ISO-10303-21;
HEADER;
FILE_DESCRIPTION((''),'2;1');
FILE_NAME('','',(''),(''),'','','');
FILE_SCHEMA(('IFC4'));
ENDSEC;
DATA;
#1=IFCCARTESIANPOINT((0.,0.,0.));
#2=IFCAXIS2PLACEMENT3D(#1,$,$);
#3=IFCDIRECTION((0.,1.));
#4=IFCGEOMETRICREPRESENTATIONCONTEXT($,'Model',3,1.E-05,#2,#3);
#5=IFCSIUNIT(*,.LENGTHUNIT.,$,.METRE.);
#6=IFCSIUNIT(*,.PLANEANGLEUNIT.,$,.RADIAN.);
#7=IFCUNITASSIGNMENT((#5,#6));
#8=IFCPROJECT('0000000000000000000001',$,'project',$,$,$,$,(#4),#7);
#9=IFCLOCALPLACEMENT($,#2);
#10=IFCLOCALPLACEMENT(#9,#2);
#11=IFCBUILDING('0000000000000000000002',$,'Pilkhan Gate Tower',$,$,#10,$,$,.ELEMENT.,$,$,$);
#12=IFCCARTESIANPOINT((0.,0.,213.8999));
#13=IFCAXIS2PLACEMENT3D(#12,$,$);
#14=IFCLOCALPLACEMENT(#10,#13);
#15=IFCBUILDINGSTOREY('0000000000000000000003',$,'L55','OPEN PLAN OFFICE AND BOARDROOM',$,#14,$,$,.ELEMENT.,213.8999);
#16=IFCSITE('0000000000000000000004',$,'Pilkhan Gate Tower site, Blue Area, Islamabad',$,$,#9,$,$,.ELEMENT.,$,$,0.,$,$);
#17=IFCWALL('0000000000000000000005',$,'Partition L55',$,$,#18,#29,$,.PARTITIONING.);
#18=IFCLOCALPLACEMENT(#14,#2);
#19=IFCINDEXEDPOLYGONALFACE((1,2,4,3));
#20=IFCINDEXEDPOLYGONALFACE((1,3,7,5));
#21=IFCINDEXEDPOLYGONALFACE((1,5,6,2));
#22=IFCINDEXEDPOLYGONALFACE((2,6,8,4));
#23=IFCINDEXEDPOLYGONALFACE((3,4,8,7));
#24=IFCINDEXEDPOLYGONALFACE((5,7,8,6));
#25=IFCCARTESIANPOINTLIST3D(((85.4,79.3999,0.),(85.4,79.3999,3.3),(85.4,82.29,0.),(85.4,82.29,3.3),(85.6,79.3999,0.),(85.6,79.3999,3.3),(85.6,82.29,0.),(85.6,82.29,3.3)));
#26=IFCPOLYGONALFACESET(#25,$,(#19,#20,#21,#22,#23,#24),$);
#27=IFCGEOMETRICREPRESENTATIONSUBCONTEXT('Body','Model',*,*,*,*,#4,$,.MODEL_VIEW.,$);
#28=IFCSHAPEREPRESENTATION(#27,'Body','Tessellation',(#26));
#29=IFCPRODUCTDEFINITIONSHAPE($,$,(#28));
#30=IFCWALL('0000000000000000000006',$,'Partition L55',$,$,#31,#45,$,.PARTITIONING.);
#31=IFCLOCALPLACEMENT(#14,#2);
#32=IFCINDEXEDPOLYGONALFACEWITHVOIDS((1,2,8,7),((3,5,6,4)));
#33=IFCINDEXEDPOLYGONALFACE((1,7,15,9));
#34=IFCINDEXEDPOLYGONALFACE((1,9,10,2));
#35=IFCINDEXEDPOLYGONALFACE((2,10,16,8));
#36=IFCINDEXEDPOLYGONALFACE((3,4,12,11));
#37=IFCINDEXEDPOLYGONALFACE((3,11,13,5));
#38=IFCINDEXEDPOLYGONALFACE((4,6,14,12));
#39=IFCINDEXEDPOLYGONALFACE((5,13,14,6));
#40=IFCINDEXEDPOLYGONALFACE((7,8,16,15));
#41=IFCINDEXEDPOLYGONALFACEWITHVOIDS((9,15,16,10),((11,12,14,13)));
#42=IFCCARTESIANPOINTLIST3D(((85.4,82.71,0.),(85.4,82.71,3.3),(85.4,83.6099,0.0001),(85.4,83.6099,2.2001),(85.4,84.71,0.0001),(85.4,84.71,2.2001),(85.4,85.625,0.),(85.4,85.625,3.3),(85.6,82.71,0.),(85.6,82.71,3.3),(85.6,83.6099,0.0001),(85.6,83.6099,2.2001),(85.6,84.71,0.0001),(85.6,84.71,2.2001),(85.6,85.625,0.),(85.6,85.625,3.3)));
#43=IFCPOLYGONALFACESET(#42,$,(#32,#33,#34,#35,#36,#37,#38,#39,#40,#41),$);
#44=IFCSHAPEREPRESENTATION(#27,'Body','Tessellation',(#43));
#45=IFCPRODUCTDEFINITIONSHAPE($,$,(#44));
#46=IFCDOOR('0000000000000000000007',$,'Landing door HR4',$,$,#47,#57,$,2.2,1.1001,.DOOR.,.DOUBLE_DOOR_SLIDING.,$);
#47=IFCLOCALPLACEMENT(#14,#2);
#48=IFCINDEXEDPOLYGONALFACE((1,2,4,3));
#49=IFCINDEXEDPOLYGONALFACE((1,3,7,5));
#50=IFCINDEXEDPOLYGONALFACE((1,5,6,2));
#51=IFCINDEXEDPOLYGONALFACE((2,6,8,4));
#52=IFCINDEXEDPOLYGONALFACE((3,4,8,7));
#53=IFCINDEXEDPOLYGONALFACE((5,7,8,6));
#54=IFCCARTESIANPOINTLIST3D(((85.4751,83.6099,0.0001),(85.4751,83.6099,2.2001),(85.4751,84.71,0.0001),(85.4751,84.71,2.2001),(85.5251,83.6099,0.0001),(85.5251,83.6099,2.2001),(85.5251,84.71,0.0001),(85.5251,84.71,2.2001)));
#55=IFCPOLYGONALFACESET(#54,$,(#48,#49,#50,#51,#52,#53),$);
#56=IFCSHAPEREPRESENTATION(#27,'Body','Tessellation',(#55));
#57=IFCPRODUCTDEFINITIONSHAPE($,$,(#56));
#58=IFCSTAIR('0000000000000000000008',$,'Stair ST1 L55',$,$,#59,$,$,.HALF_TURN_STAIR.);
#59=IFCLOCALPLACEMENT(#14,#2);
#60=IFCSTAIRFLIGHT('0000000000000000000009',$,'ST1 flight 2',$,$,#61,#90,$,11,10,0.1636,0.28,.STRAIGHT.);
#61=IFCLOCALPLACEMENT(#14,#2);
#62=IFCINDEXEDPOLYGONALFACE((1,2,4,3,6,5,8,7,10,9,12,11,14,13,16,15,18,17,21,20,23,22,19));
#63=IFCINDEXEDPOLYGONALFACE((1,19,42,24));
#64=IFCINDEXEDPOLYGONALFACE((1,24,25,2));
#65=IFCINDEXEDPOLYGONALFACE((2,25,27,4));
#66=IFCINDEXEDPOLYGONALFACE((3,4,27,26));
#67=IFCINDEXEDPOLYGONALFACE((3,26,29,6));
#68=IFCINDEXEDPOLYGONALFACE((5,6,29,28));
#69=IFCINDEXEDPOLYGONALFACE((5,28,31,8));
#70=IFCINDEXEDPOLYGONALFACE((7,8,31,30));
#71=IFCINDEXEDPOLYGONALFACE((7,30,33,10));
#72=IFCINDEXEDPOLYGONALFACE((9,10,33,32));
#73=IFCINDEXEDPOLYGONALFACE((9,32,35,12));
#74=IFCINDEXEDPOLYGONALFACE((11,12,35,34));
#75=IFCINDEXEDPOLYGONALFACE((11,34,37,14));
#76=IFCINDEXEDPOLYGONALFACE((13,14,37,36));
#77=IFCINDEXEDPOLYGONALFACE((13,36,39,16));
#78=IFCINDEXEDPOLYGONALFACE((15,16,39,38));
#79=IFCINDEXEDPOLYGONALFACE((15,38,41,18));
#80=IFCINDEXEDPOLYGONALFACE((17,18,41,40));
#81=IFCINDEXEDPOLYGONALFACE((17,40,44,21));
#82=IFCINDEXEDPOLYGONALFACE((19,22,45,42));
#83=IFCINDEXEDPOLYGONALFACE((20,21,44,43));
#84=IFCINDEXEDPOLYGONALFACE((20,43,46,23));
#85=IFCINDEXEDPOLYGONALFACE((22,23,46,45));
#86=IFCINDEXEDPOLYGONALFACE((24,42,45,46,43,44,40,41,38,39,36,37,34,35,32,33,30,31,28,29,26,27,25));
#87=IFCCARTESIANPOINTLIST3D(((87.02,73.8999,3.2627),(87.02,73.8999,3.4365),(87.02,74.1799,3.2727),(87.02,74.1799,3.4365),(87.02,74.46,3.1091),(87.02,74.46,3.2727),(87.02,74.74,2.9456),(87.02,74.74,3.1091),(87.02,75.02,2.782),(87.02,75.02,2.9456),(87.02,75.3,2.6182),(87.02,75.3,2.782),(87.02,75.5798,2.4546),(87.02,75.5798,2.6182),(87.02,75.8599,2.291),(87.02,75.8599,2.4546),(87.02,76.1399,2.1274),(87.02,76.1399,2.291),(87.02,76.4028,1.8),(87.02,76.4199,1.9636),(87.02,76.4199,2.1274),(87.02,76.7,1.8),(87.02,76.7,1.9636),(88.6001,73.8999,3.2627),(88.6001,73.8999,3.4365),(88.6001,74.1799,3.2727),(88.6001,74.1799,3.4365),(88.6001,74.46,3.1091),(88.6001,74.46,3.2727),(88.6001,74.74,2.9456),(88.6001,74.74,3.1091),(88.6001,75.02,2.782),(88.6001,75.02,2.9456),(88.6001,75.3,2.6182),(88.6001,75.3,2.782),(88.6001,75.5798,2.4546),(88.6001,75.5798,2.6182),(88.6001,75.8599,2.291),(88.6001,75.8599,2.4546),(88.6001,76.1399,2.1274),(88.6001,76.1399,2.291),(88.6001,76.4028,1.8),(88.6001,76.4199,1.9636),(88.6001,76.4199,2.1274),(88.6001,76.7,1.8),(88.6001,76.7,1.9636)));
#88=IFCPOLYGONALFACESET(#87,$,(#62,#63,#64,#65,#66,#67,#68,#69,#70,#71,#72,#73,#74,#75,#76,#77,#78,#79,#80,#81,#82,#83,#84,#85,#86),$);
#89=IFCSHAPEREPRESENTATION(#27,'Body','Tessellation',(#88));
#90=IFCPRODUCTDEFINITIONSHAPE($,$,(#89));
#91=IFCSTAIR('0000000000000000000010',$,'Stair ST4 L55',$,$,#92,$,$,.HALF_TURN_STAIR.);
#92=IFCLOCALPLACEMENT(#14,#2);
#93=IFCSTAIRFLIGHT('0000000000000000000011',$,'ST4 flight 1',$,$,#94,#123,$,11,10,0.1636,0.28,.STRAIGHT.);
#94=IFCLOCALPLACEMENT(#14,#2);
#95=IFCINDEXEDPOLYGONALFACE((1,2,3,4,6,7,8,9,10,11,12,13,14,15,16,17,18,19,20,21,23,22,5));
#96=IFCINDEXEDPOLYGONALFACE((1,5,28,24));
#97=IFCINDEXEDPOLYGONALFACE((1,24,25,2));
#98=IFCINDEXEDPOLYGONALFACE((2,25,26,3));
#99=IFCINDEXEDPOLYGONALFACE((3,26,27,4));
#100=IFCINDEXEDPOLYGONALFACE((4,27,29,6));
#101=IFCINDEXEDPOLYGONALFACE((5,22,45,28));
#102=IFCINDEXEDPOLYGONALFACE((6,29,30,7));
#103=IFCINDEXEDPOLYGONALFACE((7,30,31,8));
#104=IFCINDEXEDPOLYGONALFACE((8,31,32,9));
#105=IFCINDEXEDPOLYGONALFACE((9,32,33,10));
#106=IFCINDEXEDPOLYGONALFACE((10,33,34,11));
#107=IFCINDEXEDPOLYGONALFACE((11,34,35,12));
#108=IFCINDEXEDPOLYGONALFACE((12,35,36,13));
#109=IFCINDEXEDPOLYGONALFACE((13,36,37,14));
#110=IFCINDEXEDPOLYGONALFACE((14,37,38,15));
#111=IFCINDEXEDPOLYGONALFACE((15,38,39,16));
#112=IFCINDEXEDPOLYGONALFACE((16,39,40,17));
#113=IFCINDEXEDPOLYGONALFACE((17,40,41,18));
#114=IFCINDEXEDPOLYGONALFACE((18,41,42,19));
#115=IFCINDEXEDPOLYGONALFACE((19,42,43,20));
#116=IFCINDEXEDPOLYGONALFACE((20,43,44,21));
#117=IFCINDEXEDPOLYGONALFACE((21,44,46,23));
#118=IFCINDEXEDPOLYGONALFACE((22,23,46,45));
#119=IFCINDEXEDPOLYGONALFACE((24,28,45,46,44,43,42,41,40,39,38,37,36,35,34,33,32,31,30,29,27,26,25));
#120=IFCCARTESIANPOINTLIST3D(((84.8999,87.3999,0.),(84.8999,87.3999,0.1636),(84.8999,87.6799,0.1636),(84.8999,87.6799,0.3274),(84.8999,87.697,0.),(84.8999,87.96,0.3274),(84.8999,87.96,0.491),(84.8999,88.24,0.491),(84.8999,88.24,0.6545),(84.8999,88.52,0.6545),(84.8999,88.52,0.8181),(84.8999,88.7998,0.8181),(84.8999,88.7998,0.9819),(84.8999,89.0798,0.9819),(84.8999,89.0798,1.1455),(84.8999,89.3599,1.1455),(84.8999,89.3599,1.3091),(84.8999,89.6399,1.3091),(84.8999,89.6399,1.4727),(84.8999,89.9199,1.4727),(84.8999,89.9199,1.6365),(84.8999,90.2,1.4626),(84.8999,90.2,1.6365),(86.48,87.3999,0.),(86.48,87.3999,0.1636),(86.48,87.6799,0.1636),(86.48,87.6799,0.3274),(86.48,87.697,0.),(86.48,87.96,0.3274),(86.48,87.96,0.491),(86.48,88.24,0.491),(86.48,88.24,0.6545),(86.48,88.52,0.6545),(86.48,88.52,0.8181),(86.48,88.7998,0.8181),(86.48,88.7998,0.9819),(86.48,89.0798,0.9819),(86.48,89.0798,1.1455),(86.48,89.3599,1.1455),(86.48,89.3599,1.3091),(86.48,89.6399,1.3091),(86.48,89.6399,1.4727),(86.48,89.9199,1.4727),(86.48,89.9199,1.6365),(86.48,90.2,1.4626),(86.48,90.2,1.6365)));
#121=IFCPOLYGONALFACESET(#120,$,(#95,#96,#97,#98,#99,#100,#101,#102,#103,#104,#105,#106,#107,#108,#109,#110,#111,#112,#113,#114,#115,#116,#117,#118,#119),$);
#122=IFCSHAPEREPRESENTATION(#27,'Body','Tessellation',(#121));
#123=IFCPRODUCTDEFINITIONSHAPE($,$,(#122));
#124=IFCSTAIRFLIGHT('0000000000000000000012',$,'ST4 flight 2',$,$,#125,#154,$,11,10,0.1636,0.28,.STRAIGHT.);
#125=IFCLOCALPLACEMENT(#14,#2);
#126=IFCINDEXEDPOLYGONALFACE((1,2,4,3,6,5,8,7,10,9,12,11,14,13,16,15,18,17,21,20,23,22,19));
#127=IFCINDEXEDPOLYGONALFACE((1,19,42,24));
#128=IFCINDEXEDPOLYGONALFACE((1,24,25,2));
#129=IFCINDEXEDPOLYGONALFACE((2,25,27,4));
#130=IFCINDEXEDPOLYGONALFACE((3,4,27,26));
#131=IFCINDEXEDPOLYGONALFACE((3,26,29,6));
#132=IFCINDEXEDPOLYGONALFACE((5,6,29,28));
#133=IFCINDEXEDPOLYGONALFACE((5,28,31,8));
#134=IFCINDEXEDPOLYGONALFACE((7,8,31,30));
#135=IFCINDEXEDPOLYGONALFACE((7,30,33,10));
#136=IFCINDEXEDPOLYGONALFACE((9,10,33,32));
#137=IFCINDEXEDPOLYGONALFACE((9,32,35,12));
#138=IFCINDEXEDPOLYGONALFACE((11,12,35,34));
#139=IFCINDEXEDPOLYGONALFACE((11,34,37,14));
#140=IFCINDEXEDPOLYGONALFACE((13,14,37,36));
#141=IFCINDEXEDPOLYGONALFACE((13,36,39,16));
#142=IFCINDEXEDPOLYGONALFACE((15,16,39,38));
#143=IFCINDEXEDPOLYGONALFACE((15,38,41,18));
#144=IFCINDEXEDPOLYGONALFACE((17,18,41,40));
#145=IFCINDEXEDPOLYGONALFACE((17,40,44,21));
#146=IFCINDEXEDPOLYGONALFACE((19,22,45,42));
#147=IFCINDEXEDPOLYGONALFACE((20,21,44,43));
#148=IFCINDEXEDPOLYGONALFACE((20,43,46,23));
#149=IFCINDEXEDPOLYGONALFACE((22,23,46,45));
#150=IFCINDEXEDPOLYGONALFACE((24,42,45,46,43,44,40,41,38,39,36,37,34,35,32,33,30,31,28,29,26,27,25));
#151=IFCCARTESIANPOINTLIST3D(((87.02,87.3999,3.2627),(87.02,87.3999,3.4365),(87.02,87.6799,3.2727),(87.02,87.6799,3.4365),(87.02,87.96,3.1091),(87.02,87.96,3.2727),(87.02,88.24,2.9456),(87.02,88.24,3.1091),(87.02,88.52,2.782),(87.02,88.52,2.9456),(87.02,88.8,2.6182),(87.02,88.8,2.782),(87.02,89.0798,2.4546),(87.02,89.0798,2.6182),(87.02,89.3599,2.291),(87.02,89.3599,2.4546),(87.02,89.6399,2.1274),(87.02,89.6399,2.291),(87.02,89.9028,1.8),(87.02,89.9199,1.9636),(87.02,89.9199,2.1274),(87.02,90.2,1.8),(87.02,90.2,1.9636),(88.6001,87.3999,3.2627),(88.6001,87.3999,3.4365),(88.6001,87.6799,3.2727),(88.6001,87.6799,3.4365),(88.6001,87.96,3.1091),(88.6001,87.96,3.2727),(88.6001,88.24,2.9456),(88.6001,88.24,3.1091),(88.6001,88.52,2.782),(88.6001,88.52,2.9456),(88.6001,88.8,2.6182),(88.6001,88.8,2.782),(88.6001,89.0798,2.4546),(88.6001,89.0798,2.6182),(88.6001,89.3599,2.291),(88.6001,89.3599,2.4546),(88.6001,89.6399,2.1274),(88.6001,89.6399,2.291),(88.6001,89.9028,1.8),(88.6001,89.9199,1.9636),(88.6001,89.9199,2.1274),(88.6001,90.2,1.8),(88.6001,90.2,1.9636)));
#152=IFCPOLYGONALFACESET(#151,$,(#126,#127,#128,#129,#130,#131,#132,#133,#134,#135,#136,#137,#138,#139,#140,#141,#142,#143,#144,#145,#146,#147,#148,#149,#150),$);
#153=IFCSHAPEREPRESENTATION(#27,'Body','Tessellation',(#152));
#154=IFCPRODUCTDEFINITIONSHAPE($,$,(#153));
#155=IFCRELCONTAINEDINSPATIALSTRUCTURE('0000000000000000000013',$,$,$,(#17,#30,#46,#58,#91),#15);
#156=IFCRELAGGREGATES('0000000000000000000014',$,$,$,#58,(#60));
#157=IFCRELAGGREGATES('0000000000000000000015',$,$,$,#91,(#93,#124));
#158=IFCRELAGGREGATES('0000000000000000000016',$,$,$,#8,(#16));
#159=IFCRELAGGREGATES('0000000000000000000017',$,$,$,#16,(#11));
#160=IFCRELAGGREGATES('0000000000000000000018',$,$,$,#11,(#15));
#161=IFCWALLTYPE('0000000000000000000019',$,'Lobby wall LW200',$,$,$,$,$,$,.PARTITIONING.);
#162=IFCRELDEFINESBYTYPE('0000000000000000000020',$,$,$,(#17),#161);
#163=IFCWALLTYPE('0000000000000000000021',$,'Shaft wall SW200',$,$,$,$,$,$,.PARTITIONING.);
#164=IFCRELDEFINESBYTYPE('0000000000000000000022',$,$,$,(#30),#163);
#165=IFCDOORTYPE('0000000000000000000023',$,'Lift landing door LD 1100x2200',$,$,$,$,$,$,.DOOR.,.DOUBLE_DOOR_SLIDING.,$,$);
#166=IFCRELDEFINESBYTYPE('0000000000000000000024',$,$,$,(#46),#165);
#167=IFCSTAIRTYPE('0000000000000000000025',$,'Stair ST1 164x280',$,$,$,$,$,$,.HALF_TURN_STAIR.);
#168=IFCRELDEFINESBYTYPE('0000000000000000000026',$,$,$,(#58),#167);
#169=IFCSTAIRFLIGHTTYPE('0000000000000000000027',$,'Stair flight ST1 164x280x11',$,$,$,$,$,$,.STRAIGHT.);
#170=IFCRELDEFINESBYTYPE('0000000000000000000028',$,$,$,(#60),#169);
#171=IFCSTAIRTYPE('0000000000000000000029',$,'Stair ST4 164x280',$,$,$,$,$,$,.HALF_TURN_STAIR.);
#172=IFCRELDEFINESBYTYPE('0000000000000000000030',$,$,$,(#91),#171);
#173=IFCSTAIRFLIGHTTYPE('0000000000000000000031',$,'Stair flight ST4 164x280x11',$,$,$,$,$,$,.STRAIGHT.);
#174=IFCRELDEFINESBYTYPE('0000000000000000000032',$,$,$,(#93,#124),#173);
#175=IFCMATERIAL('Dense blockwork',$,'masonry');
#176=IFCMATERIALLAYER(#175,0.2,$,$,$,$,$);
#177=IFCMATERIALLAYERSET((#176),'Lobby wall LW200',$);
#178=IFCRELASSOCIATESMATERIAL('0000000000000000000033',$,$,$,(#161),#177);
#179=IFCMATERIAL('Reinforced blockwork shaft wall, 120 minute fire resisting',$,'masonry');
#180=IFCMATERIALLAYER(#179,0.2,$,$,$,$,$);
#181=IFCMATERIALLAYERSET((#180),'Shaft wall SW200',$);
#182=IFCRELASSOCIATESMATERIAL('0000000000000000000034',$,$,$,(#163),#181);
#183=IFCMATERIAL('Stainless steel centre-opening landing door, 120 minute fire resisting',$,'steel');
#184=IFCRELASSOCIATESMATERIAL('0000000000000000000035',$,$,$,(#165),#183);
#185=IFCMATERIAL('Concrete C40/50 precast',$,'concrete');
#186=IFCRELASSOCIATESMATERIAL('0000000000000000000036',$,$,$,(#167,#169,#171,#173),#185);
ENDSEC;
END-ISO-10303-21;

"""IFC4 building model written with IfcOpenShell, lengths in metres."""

from ifc_helpers import new_model, si_unit, direction, frame, frame_2d, origin, place, context, subcontext, project, spatial, polyline, rectangle, outline, extrude, material, layer, layer_set, type_object, element, fill, aggregate, save


model = new_model("IFC4")

# Units and contexts
model_context = context("Model", 3, precision=1e-05, world=origin(), true_north=direction((0.0, 1.0)))
body_context = subcontext(model_context, "Body", "Model", "MODEL_VIEW")
ifc_project = project(units=[si_unit("LENGTHUNIT", "METRE"), si_unit("PLANEANGLEUNIT", "RADIAN")], contexts=[model_context])

# Site, building, storey
site_placement = place(None, origin())
site = spatial("IfcSite", under=ifc_project, at=site_placement, Name="Pilkhan Gate Tower site, Blue Area, Islamabad", CompositionType="ELEMENT", RefElevation=0.0)
building_placement = place(site_placement, origin())
building = spatial("IfcBuilding", under=site, at=building_placement, Name="Pilkhan Gate Tower", CompositionType="ELEMENT")
storey_placement = place(building_placement, frame((0.0, 0.0, 213.8999)))
storey = spatial("IfcBuildingStorey", under=building, at=storey_placement, Name="L55", Description="OPEN PLAN OFFICE AND BOARDROOM", CompositionType="ELEMENT", Elevation=213.8999)

# Shared definitions
ifc_material_1 = material(Name="Dense blockwork", Category="masonry")

# Wall
ifc_layer_1 = layer(ifc_material_1, 0.2)
ifc_layer_set_1 = layer_set([ifc_layer_1], Name="Lobby wall LW200")
wall_type_1 = type_object("IfcWallType", Name="Lobby wall LW200", PredefinedType="PARTITIONING", material=ifc_layer_set_1)
wall_1_placement = place(storey_placement, frame((85.5, 79.3999, 0.0), z_axis=(0.0, 0.0, 1.0), x_axis=(0.0, 1.0, 0.0)))
element("IfcWall", 1, at=wall_1_placement, inside=storey, type_object=wall_type_1, Name="Partition L55", PredefinedType="PARTITIONING", context=body_context, shape_type="SweptSolid", body=[
    extrude(rectangle(XDim=2.8901, YDim=0.2, at=frame_2d((1.4451, 0.0))), origin(), (0.0, 0.0, 1.0), 3.3),
])

# Wall, opening, door
ifc_material_2 = material(Name="Reinforced blockwork shaft wall, 120 minute fire resisting", Category="masonry")
ifc_layer_2 = layer(ifc_material_2, 0.2)
ifc_layer_set_2 = layer_set([ifc_layer_2], Name="Shaft wall SW200")
wall_type_2 = type_object("IfcWallType", Name="Shaft wall SW200", PredefinedType="PARTITIONING", material=ifc_layer_set_2)
wall_2_placement = place(storey_placement, frame((85.5, 82.71, 0.0), z_axis=(0.0, 0.0, 1.0), x_axis=(0.0, 1.0, 0.0)))
wall_2 = element("IfcWall", 2, at=wall_2_placement, inside=storey, type_object=wall_type_2, Name="Partition L55", PredefinedType="PARTITIONING", context=body_context, shape_type="SweptSolid", body=[
    extrude(rectangle(XDim=2.915, YDim=0.2, at=frame_2d((1.4575, 0.0))), origin(), (0.0, 0.0, 1.0), 3.3),
])
opening_1_placement = place(wall_2_placement, frame((0.8999, 0.0, 0.0)))
opening_1 = element("IfcOpeningElement", 3, at=opening_1_placement, cuts=wall_2, PredefinedType="OPENING", context=body_context, shape_type="SweptSolid", body=[
    extrude(rectangle(XDim=1.1001, YDim=2.2, at=frame_2d((0.55, 1.1001))), frame((0.0, 0.1099, 0.0), z_axis=(0.0, -1.0, 0.0), x_axis=(1.0, 0.0, 0.0)), (0.0, 0.0, 1.0), 0.22),
])
ifc_material_3 = material(Name="Stainless steel centre-opening landing door, 120 minute fire resisting", Category="steel")
door_type_1 = type_object("IfcDoorType", Name="Lift landing door LD 1100x2200", OperationType="DOUBLE_DOOR_SLIDING", PredefinedType="DOOR", material=ifc_material_3)
door_1_placement = place(opening_1_placement, origin())
door_1 = element("IfcDoor", 4, at=door_1_placement, inside=storey, type_object=door_type_1, Name="Landing door HR4", OperationType="DOUBLE_DOOR_SLIDING", OverallHeight=2.2, OverallWidth=1.1001, PredefinedType="DOOR", context=body_context, shape_type="SweptSolid", body=[
    extrude(rectangle(XDim=1.1001, YDim=2.2, at=frame_2d((0.55, 1.1001))), frame((0.0, 0.0249, 0.0), z_axis=(0.0, -1.0, 0.0), x_axis=(1.0, 0.0, 0.0)), (0.0, 0.0, 1.0), 0.05),
])
fill(opening_1, door_1)

# Stair, stair flight
ifc_material_4 = material(Name="Concrete C40/50 precast", Category="concrete")
stair_type_1 = type_object("IfcStairType", Name="Stair ST1 164x280", PredefinedType="HALF_TURN_STAIR", material=ifc_material_4)
stair_1_placement = place(storey_placement, origin())
stair_1 = element("IfcStair", 5, at=stair_1_placement, inside=storey, type_object=stair_type_1, Name="Stair ST1 L55", PredefinedType="HALF_TURN_STAIR")
stair_flight_type_1 = type_object("IfcStairFlightType", Name="Stair flight ST1 164x280x11", PredefinedType="STRAIGHT", material=ifc_material_4)
stair_flight_1_placement = place(storey_placement, frame((87.8101, 76.7, 1.8), z_axis=(0.0, 0.0, 1.0), x_axis=(0.0, -1.0, 0.0)))
stair_flight_1 = element("IfcStairFlight", 6, at=stair_flight_1_placement, type_object=stair_flight_type_1, Name="ST1 flight 2", NumberOfRisers=11, NumberOfTreads=10, PredefinedType="STRAIGHT", RiserHeight=0.1636, TreadLength=0.28, context=body_context, shape_type="SweptSolid", body=[
    extrude(outline(polyline([(0.0, 0.0), (0.0, 0.1636), (0.28, 0.1636), (0.28, 0.3274), (0.5601, 0.3274), (0.5601, 0.491), (0.8401, 0.491), (0.8401, 0.6545), (1.1201, 0.6545), (1.1201, 0.8181), (1.3999, 0.8181), (1.3999, 0.9819), (1.6799, 0.9819), (1.6799, 1.1455), (1.96, 1.1455), (1.96, 1.3091), (2.24, 1.3091), (2.24, 1.4727), (2.52, 1.4727), (2.52, 1.6365), (2.8, 1.6365), (2.8, 1.8), (2.8, 1.4626), (0.2971, 0.0), (0.0, 0.0)])), frame((0.0, 0.79, 0.0), z_axis=(0.0, -1.0, 0.0), x_axis=(1.0, 0.0, 0.0)), (0.0, 0.0, 1.0), 1.5801),
])
aggregate(stair_1, [stair_flight_1])

# Stair, stair flights
stair_type_2 = type_object("IfcStairType", Name="Stair ST4 164x280", PredefinedType="HALF_TURN_STAIR", material=ifc_material_4)
stair_2_placement = place(storey_placement, origin())
stair_2 = element("IfcStair", 7, at=stair_2_placement, inside=storey, type_object=stair_type_2, Name="Stair ST4 L55", PredefinedType="HALF_TURN_STAIR")
stair_flight_type_2 = type_object("IfcStairFlightType", Name="Stair flight ST4 164x280x11", PredefinedType="STRAIGHT", material=ifc_material_4)
stair_flight_2_placement = place(storey_placement, frame((85.6899, 87.3999, 0.0), z_axis=(0.0, 0.0, 1.0), x_axis=(0.0, 1.0, 0.0)))
stair_flight_2 = element("IfcStairFlight", 8, at=stair_flight_2_placement, type_object=stair_flight_type_2, Name="ST4 flight 1", NumberOfRisers=11, NumberOfTreads=10, PredefinedType="STRAIGHT", RiserHeight=0.1636, TreadLength=0.28, context=body_context, shape_type="SweptSolid", body=[
    extrude(outline(polyline([(0.0, 0.0), (0.0, 0.1636), (0.28, 0.1636), (0.28, 0.3274), (0.5601, 0.3274), (0.5601, 0.491), (0.8401, 0.491), (0.8401, 0.6545), (1.1201, 0.6545), (1.1201, 0.8181), (1.3999, 0.8181), (1.3999, 0.9819), (1.6799, 0.9819), (1.6799, 1.1455), (1.96, 1.1455), (1.96, 1.3091), (2.24, 1.3091), (2.24, 1.4727), (2.52, 1.4727), (2.52, 1.6365), (2.8, 1.6365), (2.8, 1.8), (2.8, 1.4626), (0.2971, 0.0), (0.0, 0.0)])), frame((0.0, 0.79, 0.0), z_axis=(0.0, -1.0, 0.0), x_axis=(1.0, 0.0, 0.0)), (0.0, 0.0, 1.0), 1.5801),
])
stair_flight_3_placement = place(storey_placement, frame((87.8101, 90.2, 1.8), z_axis=(0.0, 0.0, 1.0), x_axis=(0.0, -1.0, 0.0)))
stair_flight_3 = element("IfcStairFlight", 9, at=stair_flight_3_placement, type_object=stair_flight_type_2, Name="ST4 flight 2", NumberOfRisers=11, NumberOfTreads=10, PredefinedType="STRAIGHT", RiserHeight=0.1636, TreadLength=0.28, context=body_context, shape_type="SweptSolid", body=[
    extrude(outline(polyline([(0.0, 0.0), (0.0, 0.1636), (0.28, 0.1636), (0.28, 0.3274), (0.5601, 0.3274), (0.5601, 0.491), (0.8401, 0.491), (0.8401, 0.6545), (1.1201, 0.6545), (1.1201, 0.8181), (1.3999, 0.8181), (1.3999, 0.9819), (1.6799, 0.9819), (1.6799, 1.1455), (1.96, 1.1455), (1.96, 1.3091), (2.24, 1.3091), (2.24, 1.4727), (2.52, 1.4727), (2.52, 1.6365), (2.8, 1.6365), (2.8, 1.8), (2.8, 1.4626), (0.2971, 0.0), (0.0, 0.0)])), frame((0.0, 0.79, 0.0), z_axis=(0.0, -1.0, 0.0), x_axis=(1.0, 0.0, 0.0)), (0.0, 0.0, 1.0), 1.5801),
])
aggregate(stair_2, [stair_flight_2, stair_flight_3])

save(model, "model.ifc")
